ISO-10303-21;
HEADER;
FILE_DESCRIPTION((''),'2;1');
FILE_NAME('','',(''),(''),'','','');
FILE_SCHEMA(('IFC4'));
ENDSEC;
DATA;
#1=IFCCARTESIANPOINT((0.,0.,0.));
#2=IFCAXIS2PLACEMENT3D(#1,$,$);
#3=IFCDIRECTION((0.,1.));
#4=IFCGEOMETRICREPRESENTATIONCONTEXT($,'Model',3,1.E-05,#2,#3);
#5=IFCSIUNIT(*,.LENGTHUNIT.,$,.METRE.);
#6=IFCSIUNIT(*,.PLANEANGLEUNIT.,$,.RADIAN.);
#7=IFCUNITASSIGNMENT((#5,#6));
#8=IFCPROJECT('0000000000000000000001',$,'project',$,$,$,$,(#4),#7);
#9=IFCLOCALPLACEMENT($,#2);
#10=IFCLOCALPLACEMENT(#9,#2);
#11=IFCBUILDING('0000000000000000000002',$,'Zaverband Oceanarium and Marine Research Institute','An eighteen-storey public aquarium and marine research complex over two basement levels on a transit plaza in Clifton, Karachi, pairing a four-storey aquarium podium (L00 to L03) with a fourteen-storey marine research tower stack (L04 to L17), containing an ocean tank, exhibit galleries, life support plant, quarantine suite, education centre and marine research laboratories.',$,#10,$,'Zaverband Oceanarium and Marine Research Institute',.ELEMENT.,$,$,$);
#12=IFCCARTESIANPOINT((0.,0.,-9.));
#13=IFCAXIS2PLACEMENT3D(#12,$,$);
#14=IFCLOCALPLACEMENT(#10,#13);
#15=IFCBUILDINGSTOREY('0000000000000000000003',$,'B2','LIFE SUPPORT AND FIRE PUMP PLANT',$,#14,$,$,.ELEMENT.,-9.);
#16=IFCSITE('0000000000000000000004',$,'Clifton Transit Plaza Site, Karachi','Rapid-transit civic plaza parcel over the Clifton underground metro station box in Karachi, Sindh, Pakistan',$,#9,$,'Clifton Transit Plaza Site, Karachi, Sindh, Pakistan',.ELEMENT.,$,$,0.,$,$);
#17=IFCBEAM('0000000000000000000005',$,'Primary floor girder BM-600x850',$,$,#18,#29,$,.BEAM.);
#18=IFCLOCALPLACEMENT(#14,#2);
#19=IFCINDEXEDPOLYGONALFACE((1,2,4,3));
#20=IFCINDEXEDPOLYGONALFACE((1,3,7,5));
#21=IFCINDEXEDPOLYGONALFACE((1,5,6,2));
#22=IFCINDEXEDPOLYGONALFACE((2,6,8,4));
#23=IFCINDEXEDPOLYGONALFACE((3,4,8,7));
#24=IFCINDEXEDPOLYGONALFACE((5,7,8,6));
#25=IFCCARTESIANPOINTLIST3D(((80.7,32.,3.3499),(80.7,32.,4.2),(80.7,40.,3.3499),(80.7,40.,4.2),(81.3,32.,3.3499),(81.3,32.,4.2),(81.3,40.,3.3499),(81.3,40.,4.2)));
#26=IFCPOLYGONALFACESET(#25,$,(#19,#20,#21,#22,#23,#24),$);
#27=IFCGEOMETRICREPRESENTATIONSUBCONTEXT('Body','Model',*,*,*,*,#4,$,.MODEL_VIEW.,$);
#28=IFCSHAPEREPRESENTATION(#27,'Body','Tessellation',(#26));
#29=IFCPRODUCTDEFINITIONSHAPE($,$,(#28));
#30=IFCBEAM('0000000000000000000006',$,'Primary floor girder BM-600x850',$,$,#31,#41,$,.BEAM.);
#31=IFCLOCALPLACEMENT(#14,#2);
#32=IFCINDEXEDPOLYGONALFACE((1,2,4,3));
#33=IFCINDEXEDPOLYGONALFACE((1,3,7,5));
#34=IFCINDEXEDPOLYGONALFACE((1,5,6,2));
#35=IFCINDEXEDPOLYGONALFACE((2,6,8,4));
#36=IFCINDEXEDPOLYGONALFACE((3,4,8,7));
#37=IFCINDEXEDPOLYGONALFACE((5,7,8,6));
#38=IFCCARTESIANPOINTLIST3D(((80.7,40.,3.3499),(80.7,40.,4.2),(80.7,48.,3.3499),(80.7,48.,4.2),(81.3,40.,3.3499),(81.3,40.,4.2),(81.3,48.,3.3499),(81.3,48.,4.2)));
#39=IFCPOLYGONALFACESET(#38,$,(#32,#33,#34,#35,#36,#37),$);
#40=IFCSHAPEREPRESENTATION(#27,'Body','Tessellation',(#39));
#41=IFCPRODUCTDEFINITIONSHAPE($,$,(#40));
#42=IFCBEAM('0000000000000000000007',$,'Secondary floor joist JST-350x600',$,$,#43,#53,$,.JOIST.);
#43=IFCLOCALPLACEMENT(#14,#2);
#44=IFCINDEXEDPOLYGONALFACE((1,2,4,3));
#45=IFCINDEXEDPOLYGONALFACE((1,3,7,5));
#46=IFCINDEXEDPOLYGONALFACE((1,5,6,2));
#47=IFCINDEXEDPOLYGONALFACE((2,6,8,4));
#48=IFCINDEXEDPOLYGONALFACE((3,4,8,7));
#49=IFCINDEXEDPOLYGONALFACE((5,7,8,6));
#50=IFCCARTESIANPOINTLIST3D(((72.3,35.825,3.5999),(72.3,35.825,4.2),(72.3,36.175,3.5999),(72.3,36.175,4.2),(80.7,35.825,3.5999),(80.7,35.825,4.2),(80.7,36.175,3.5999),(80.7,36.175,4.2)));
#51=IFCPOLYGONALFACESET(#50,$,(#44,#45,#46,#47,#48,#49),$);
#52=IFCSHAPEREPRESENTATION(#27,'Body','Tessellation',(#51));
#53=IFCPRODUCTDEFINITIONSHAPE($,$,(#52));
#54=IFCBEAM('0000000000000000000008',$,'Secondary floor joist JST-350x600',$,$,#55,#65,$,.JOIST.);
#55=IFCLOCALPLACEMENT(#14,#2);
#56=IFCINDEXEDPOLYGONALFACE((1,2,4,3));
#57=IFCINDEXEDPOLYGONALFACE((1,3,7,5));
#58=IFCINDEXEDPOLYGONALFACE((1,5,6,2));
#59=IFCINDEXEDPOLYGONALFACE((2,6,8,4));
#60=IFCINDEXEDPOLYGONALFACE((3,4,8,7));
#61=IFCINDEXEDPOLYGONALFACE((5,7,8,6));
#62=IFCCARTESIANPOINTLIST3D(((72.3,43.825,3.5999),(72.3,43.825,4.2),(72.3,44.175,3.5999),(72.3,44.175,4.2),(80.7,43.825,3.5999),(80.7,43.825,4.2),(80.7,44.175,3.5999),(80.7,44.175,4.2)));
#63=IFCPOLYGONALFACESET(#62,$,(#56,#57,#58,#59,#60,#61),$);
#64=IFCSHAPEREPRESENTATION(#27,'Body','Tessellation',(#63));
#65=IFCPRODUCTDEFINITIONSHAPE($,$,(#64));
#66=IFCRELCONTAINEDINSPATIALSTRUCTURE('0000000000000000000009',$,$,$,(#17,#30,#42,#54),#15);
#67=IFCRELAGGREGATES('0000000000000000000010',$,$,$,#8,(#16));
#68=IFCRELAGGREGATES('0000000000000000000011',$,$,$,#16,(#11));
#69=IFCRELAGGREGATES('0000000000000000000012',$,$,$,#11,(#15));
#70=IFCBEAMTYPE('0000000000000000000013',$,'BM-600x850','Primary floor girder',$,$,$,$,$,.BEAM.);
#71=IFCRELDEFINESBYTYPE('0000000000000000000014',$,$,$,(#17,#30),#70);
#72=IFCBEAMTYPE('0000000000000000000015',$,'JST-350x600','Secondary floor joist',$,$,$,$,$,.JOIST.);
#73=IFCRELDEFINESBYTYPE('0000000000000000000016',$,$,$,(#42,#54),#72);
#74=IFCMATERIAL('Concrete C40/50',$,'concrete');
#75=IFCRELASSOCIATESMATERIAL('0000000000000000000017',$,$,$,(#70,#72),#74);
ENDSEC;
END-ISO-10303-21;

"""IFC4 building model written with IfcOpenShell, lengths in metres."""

from ifc_helpers import new_model, si_unit, direction, frame, origin, origin_2d, place, context, subcontext, project, spatial, rectangle, extrude, material, material_profile, profile_set, type_object, element, save


model = new_model("IFC4")

# Units and contexts
model_context = context("Model", 3, precision=1e-05, world=origin(), true_north=direction((0.0, 1.0)))
body_context = subcontext(model_context, "Body", "Model", "MODEL_VIEW")
ifc_project = project(units=[si_unit("LENGTHUNIT", "METRE"), si_unit("PLANEANGLEUNIT", "RADIAN")], contexts=[model_context])

# Site, building, storey
site_placement = place(None, origin())
site = spatial("IfcSite", under=ifc_project, at=site_placement, Name="Clifton Transit Plaza Site, Karachi", Description="Rapid-transit civic plaza parcel over the Clifton underground metro station box in Karachi, Sindh, Pakistan", LongName="Clifton Transit Plaza Site, Karachi, Sindh, Pakistan", CompositionType="ELEMENT", RefElevation=0.0)
building_placement = place(site_placement, origin())
building = spatial("IfcBuilding", under=site, at=building_placement, Name="Zaverband Oceanarium and Marine Research Institute", Description="An eighteen-storey public aquarium and marine research complex over two basement levels on a transit plaza in Clifton, Karachi, pairing a four-storey aquarium podium (L00 to L03) with a fourteen-storey marine research tower stack (L04 to L17), containing an ocean tank, exhibit galleries, life support plant, quarantine suite, education centre and marine research laboratories.", LongName="Zaverband Oceanarium and Marine Research Institute", CompositionType="ELEMENT")
storey_placement = place(building_placement, frame((0.0, 0.0, -9.0)))
storey = spatial("IfcBuildingStorey", under=building, at=storey_placement, Name="B2", Description="LIFE SUPPORT AND FIRE PUMP PLANT", CompositionType="ELEMENT", Elevation=-9.0)

# Beams
ifc_material_1 = material(Name="Concrete C40/50", Category="concrete")
ifc_material_profile_1 = material_profile(ifc_material_1, rectangle(XDim=0.6001, YDim=0.8501, at=origin_2d()), Name="RC600x850")
ifc_profile_set_1 = profile_set([ifc_material_profile_1], Name="Concrete C40/50")
beam_type_1 = type_object("IfcBeamType", Name="BM-600x850", Description="Primary floor girder", PredefinedType="BEAM", material=ifc_profile_set_1)
for number, where, z_axis, x_axis, name in (
    (1, (81.0, 32.0, 3.7749), (0.0, 1.0, 0.0), (-1.0, 0.0, 0.0), "Primary floor girder BM-600x850"),
    (2, (81.0, 40.0, 3.7749), (0.0, 1.0, 0.0), (-1.0, 0.0, 0.0), "Primary floor girder BM-600x850"),
):
    element("IfcBeam", number, at=place(storey_placement, frame(where, z_axis=z_axis, x_axis=x_axis)), inside=storey, type_object=beam_type_1, Name=name, PredefinedType="BEAM", context=body_context, shape_type="SweptSolid", body=[
        extrude(rectangle(XDim=0.6001, YDim=0.8501, at=origin_2d()), origin(), (0.0, 0.0, 1.0), 8.0),
    ])
ifc_material_profile_2 = material_profile(ifc_material_1, rectangle(XDim=0.3501, YDim=0.6001, at=origin_2d()), Name="RC350x600")
ifc_profile_set_2 = profile_set([ifc_material_profile_2], Name="Concrete C40/50")
beam_type_2 = type_object("IfcBeamType", Name="JST-350x600", Description="Secondary floor joist", PredefinedType="JOIST", material=ifc_profile_set_2)
for number, where, z_axis, x_axis, name in (
    (3, (72.3, 36.0, 3.8999), (1.0, 0.0, 0.0), (0.0, 1.0, 0.0), "Secondary floor joist JST-350x600"),
    (4, (72.3, 44.0, 3.8999), (1.0, 0.0, 0.0), (0.0, 1.0, 0.0), "Secondary floor joist JST-350x600"),
):
    element("IfcBeam", number, at=place(storey_placement, frame(where, z_axis=z_axis, x_axis=x_axis)), inside=storey, type_object=beam_type_2, Name=name, PredefinedType="JOIST", context=body_context, shape_type="SweptSolid", body=[
        extrude(rectangle(XDim=0.3501, YDim=0.6001, at=origin_2d()), origin(), (0.0, 0.0, 1.0), 8.3999),
    ])

save(model, "model.ifc")
